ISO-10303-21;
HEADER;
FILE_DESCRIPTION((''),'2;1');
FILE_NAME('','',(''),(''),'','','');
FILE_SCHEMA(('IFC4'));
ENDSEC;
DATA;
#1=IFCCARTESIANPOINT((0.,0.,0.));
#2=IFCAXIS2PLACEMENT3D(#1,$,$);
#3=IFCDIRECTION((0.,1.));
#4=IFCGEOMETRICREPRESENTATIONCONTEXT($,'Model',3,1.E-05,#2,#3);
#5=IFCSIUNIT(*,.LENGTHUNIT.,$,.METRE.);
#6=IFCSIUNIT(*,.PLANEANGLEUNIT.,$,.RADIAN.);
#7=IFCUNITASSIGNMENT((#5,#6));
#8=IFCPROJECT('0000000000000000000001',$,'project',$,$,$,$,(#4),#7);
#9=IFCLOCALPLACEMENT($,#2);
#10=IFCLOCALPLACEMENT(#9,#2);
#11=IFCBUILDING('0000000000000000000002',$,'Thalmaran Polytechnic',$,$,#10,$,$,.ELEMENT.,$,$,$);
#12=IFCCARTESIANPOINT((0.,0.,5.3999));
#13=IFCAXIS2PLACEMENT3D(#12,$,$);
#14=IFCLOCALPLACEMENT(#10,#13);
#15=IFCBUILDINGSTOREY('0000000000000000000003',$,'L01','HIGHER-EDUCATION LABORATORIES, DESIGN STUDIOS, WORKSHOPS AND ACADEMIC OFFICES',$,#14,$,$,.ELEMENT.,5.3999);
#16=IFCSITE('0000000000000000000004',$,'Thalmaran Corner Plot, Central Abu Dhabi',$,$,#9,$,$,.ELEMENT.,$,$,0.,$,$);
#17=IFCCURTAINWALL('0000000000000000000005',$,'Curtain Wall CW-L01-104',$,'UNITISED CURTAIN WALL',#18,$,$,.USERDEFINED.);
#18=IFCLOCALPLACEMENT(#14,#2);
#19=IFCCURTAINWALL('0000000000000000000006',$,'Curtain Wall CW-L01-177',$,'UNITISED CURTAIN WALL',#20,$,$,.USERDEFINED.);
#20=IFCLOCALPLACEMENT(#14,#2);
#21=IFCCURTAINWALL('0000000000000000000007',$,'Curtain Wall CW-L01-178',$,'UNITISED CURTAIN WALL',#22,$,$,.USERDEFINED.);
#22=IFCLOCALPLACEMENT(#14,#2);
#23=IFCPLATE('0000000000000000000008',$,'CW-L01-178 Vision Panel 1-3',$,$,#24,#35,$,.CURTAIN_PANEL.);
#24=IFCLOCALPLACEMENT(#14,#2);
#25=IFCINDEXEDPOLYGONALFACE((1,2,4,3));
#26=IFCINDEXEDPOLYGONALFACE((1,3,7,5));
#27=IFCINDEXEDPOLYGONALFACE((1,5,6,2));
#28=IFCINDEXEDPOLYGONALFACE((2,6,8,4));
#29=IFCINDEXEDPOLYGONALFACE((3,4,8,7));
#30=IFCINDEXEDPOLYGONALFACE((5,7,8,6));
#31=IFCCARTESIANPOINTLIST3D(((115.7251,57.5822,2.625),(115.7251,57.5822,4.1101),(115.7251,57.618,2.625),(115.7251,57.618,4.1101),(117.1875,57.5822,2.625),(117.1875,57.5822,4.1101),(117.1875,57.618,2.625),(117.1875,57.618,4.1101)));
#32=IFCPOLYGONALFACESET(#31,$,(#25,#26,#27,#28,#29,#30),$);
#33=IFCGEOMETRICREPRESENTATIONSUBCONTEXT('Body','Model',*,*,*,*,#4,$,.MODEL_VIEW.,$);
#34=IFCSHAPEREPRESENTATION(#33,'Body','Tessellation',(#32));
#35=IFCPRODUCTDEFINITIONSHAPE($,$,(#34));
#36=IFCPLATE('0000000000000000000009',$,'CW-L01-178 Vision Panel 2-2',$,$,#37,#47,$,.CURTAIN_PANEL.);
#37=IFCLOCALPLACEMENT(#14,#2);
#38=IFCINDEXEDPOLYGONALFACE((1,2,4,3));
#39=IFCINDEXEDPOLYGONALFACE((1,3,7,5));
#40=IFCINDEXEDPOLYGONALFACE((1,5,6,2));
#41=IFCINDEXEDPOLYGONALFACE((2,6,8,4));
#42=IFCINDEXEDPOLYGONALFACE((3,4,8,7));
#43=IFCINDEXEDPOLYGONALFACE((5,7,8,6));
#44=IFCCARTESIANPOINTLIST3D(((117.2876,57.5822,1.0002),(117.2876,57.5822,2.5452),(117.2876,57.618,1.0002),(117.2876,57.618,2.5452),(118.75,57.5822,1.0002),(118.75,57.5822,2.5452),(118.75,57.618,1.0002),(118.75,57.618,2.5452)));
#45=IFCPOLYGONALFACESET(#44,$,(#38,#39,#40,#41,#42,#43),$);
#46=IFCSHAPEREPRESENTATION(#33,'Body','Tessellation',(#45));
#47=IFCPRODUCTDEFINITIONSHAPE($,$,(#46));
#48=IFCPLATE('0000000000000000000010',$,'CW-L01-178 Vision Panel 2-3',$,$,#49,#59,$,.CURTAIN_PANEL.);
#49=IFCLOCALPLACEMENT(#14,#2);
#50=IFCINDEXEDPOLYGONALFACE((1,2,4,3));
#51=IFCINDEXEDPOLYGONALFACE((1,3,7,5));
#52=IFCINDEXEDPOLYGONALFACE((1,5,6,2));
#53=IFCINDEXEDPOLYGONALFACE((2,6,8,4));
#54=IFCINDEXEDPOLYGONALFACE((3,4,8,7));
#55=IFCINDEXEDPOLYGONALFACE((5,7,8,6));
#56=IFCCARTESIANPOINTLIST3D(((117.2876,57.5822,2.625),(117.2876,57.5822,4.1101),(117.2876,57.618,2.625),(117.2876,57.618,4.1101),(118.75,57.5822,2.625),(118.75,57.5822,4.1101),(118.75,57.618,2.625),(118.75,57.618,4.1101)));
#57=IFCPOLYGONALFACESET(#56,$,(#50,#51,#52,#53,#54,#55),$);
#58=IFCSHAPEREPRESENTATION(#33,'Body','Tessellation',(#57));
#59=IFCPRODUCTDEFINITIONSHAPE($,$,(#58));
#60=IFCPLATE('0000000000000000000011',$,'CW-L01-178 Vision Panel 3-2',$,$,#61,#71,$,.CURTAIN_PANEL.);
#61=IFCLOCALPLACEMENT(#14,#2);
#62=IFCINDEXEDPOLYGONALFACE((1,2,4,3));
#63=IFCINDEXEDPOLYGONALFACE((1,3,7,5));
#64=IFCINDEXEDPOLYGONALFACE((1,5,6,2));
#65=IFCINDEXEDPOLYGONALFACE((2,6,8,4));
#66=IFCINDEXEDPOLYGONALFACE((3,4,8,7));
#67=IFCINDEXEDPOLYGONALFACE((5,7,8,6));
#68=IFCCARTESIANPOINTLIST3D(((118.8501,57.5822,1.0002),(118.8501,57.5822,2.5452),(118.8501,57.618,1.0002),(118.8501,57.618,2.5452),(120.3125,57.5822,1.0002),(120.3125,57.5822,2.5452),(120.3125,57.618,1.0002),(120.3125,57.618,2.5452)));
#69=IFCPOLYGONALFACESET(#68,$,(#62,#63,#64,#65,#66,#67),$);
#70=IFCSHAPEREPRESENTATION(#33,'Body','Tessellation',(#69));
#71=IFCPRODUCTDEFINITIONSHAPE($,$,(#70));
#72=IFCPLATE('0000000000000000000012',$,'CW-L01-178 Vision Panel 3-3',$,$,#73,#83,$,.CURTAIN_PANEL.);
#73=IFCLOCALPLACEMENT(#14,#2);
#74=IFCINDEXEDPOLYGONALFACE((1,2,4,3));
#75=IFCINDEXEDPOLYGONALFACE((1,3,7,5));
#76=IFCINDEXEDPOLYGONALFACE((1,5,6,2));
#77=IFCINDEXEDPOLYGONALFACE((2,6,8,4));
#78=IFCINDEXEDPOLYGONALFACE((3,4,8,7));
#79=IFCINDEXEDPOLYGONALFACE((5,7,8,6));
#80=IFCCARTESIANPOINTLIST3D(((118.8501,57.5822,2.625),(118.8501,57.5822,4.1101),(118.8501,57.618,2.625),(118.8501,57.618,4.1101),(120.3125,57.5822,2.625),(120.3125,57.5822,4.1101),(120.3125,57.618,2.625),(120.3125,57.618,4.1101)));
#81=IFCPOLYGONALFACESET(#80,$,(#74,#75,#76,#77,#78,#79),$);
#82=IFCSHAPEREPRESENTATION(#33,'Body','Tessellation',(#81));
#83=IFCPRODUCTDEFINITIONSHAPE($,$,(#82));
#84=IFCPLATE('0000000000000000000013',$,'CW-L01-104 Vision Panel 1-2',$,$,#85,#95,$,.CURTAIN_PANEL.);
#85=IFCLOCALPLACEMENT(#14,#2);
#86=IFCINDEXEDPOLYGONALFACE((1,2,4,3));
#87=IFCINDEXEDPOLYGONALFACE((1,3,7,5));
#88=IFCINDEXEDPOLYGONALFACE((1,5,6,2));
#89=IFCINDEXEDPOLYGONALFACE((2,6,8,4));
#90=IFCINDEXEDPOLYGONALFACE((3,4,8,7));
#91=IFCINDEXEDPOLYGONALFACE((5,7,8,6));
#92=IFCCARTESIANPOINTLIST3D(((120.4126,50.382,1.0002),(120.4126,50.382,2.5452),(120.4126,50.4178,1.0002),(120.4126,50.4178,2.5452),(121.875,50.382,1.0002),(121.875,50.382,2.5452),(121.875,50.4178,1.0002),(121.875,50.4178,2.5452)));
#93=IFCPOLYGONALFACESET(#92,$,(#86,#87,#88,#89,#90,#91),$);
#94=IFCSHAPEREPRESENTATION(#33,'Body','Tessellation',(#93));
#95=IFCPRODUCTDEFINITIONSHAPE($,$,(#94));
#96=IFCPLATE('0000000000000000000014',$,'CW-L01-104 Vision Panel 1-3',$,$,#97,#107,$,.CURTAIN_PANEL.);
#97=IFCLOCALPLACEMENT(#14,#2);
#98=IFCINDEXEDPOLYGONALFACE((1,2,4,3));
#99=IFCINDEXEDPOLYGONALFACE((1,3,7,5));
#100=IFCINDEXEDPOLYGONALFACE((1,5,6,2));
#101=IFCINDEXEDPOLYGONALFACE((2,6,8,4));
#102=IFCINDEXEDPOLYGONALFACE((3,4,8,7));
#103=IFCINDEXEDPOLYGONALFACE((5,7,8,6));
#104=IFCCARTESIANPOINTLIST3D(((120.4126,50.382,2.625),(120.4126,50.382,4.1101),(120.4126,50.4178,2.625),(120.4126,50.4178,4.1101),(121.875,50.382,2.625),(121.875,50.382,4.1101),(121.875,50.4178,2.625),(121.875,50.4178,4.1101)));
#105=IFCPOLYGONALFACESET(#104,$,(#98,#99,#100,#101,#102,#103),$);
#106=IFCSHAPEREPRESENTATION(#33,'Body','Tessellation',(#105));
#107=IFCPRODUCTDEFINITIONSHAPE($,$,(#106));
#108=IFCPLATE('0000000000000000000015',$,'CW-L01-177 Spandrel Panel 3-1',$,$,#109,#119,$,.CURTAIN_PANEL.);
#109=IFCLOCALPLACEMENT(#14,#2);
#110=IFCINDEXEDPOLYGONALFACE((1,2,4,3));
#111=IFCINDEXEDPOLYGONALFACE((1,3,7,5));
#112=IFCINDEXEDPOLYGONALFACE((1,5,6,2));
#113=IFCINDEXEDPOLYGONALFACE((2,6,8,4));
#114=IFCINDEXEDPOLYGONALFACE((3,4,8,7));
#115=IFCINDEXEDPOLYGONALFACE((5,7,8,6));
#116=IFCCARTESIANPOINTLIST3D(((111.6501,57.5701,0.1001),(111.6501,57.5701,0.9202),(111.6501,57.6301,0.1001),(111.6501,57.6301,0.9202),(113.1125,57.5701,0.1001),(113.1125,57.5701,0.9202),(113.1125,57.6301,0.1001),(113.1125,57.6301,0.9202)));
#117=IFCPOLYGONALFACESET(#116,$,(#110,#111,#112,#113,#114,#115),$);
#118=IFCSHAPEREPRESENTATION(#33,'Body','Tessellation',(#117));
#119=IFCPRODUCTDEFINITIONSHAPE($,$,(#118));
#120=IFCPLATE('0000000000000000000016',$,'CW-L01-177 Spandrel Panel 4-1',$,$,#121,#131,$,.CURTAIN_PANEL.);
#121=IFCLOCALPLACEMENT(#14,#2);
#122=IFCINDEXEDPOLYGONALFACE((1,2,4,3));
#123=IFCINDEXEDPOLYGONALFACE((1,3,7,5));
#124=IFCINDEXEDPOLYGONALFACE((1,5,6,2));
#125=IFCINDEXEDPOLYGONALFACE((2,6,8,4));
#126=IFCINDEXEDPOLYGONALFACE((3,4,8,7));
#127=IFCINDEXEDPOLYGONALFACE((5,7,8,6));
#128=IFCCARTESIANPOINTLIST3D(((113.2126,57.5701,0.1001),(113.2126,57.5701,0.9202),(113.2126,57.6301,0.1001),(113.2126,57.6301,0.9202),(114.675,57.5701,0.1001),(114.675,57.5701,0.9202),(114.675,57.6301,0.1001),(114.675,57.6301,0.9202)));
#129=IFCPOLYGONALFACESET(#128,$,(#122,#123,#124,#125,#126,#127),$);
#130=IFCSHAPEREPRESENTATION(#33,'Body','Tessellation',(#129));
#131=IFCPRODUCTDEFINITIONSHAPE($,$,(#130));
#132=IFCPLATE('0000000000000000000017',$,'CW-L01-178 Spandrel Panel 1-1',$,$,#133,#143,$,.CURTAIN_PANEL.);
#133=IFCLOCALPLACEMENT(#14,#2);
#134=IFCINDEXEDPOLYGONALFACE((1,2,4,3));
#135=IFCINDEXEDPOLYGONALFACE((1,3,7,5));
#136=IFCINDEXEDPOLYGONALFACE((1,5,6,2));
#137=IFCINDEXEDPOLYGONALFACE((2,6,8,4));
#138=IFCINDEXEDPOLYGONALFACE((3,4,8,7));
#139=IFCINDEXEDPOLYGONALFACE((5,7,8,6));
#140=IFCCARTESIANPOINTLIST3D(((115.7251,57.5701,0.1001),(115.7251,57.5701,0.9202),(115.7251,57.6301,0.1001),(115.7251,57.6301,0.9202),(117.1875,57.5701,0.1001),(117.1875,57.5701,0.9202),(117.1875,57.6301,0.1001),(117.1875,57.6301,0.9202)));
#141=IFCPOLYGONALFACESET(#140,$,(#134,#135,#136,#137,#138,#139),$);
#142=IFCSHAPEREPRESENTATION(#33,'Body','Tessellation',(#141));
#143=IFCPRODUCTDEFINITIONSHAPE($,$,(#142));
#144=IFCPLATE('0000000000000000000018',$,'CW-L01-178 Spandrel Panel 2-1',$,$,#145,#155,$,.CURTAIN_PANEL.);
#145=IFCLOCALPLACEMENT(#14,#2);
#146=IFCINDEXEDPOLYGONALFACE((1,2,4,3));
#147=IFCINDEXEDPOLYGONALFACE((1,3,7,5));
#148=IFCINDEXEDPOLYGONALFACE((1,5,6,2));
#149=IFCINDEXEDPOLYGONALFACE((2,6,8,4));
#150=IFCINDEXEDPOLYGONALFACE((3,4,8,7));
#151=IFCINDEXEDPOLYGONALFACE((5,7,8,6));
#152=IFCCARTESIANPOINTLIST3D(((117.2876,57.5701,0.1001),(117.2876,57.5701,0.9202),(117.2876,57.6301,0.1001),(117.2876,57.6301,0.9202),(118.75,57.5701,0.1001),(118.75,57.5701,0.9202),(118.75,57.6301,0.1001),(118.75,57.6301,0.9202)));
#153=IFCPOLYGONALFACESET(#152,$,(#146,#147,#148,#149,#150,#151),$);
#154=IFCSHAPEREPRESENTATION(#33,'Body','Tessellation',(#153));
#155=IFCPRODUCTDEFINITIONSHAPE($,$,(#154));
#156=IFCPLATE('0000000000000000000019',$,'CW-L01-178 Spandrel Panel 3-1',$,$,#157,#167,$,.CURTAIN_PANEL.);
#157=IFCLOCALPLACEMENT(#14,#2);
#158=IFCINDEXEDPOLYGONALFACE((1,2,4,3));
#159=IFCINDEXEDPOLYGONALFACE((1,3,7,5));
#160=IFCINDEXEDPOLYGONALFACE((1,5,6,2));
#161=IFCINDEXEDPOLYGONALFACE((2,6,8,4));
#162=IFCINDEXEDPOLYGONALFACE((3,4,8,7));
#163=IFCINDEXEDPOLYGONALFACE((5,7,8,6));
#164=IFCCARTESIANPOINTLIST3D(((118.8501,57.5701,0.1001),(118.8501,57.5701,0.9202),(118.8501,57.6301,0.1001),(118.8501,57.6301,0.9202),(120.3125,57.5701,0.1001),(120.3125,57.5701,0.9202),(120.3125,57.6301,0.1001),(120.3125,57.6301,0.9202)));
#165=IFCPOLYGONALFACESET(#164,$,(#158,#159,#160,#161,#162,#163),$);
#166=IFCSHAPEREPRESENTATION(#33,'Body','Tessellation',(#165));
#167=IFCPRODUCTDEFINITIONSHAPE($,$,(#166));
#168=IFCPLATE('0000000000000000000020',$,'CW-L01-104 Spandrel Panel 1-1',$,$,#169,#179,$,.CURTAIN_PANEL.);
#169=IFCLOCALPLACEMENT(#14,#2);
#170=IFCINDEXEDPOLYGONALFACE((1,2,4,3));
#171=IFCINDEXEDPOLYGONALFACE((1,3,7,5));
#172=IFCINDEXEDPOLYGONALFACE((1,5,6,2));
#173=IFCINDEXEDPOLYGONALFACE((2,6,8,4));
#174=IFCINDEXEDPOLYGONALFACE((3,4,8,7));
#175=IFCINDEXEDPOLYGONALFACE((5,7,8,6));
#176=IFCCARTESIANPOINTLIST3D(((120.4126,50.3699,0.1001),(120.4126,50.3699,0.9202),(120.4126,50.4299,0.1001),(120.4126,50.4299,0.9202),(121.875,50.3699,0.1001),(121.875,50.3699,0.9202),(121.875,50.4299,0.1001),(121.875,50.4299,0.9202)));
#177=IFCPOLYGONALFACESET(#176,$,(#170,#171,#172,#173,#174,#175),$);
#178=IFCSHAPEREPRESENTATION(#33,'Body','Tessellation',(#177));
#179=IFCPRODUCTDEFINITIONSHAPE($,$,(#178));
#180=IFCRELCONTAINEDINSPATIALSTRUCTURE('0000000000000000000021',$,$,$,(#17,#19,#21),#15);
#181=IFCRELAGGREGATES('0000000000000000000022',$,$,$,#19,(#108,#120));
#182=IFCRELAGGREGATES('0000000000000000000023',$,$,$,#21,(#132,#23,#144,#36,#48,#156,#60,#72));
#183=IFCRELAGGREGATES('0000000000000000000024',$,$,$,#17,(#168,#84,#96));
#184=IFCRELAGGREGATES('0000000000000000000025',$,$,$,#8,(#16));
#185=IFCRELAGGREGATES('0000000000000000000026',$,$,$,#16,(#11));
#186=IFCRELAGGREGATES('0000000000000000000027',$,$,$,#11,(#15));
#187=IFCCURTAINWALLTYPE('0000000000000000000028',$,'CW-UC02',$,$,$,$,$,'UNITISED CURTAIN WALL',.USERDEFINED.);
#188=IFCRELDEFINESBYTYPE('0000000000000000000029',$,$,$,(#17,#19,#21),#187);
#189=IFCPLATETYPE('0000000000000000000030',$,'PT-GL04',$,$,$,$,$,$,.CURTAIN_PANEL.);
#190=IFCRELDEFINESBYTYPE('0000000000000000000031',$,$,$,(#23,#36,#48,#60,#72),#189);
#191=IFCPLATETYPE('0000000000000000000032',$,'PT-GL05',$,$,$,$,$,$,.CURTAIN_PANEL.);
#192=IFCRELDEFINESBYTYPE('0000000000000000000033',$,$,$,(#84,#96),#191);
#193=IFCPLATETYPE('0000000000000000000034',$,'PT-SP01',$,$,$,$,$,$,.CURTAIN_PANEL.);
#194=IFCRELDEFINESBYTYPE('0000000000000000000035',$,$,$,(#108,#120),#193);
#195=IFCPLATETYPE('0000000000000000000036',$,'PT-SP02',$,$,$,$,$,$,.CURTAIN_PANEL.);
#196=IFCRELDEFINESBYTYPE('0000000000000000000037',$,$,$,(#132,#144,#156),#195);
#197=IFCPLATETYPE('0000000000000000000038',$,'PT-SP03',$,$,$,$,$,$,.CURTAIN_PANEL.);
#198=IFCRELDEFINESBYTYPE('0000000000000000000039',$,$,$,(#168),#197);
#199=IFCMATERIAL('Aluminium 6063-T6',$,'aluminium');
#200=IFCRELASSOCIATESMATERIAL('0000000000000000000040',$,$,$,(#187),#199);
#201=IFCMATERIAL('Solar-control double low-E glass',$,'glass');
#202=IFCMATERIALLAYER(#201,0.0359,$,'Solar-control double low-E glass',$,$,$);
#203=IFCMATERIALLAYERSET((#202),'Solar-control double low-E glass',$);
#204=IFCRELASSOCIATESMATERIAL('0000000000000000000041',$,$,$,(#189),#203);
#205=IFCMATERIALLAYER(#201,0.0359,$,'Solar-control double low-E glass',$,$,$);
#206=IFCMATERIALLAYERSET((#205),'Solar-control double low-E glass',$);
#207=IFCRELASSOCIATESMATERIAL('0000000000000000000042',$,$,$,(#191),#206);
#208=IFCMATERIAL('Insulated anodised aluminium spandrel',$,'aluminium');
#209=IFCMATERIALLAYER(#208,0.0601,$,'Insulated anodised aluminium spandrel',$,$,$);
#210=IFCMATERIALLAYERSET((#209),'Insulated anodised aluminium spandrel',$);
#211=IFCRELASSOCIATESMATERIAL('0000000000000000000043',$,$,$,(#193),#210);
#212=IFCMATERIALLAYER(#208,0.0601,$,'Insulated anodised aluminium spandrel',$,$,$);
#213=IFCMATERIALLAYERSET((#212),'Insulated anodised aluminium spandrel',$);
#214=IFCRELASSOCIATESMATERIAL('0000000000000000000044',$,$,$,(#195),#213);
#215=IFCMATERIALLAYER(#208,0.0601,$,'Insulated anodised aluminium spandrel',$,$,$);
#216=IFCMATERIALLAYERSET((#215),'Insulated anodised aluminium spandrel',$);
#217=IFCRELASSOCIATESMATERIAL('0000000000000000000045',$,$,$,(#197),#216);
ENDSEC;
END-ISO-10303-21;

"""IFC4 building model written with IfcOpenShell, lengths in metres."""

from ifc_helpers import new_model, si_unit, direction, frame, origin, origin_2d, place, context, subcontext, project, spatial, rectangle, extrude, material, layer, layer_set, type_object, element, aggregate, save


model = new_model("IFC4")

# Units and contexts
model_context = context("Model", 3, precision=1e-05, world=origin(), true_north=direction((0.0, 1.0)))
body_context = subcontext(model_context, "Body", "Model", "MODEL_VIEW")
ifc_project = project(units=[si_unit("LENGTHUNIT", "METRE"), si_unit("PLANEANGLEUNIT", "RADIAN")], contexts=[model_context])

# Site, building, storey
site_placement = place(None, origin())
site = spatial("IfcSite", under=ifc_project, at=site_placement, Name="Thalmaran Corner Plot, Central Abu Dhabi", CompositionType="ELEMENT", RefElevation=0.0)
building_placement = place(site_placement, origin())
building = spatial("IfcBuilding", under=site, at=building_placement, Name="Thalmaran Polytechnic", CompositionType="ELEMENT")
storey_placement = place(building_placement, frame((0.0, 0.0, 5.3999)))
storey = spatial("IfcBuildingStorey", under=building, at=storey_placement, Name="L01", Description="HIGHER-EDUCATION LABORATORIES, DESIGN STUDIOS, WORKSHOPS AND ACADEMIC OFFICES", CompositionType="ELEMENT", Elevation=5.3999)

# Curtain wall
ifc_material_1 = material(Name="Aluminium 6063-T6", Category="aluminium")
curtain_wall_type = type_object("IfcCurtainWallType", Name="CW-UC02", ElementType="UNITISED CURTAIN WALL", PredefinedType="USERDEFINED", material=ifc_material_1)
curtain_wall_1_placement = place(storey_placement, origin())
curtain_wall_1 = element("IfcCurtainWall", 1, at=curtain_wall_1_placement, inside=storey, type_object=curtain_wall_type, Name="Curtain Wall CW-L01-104", ObjectType="UNITISED CURTAIN WALL", PredefinedType="USERDEFINED")

# Curtain walls
curtain_wall_2_placement = place(storey_placement, origin())
curtain_wall_2 = element("IfcCurtainWall", 2, at=curtain_wall_2_placement, inside=storey, type_object=curtain_wall_type, Name="Curtain Wall CW-L01-177", ObjectType="UNITISED CURTAIN WALL", PredefinedType="USERDEFINED")
curtain_wall_3_placement = place(storey_placement, origin())
curtain_wall_3 = element("IfcCurtainWall", 3, at=curtain_wall_3_placement, inside=storey, type_object=curtain_wall_type, Name="Curtain Wall CW-L01-178", ObjectType="UNITISED CURTAIN WALL", PredefinedType="USERDEFINED")

# Plates
ifc_material_2 = material(Name="Solar-control double low-E glass", Category="glass")
ifc_layer_1 = layer(ifc_material_2, 0.0359, Name="Solar-control double low-E glass")
ifc_layer_set_1 = layer_set([ifc_layer_1], Name="Solar-control double low-E glass")
plate_type_1 = type_object("IfcPlateType", Name="PT-GL04", PredefinedType="CURTAIN_PANEL", material=ifc_layer_set_1)
plate_1_placement = place(storey_placement, frame((116.4563, 57.6001, 2.625), z_axis=(0.0, 0.0, 1.0), x_axis=(1.0, 0.0, 0.0)))
plate_1 = element("IfcPlate", 4, at=plate_1_placement, type_object=plate_type_1, Name="CW-L01-178 Vision Panel 1-3", PredefinedType="CURTAIN_PANEL", context=body_context, shape_type="SweptSolid", body=[
    extrude(rectangle(XDim=1.4624, YDim=0.0359, at=origin_2d()), origin(), (0.0, 0.0, 1.0), 1.4851),
])
plate_2_placement = place(storey_placement, frame((118.0188, 57.6001, 1.0002), z_axis=(0.0, 0.0, 1.0), x_axis=(1.0, 0.0, 0.0)))
plate_2 = element("IfcPlate", 5, at=plate_2_placement, type_object=plate_type_1, Name="CW-L01-178 Vision Panel 2-2", PredefinedType="CURTAIN_PANEL", context=body_context, shape_type="SweptSolid", body=[
    extrude(rectangle(XDim=1.4624, YDim=0.0359, at=origin_2d()), origin(), (0.0, 0.0, 1.0), 1.5449),
])
plate_3_placement = place(storey_placement, frame((118.0188, 57.6001, 2.625), z_axis=(0.0, 0.0, 1.0), x_axis=(1.0, 0.0, 0.0)))
plate_3 = element("IfcPlate", 6, at=plate_3_placement, type_object=plate_type_1, Name="CW-L01-178 Vision Panel 2-3", PredefinedType="CURTAIN_PANEL", context=body_context, shape_type="SweptSolid", body=[
    extrude(rectangle(XDim=1.4624, YDim=0.0359, at=origin_2d()), origin(), (0.0, 0.0, 1.0), 1.4851),
])
plate_4_placement = place(storey_placement, frame((119.5813, 57.6001, 1.0002), z_axis=(0.0, 0.0, 1.0), x_axis=(1.0, 0.0, 0.0)))
plate_4 = element("IfcPlate", 7, at=plate_4_placement, type_object=plate_type_1, Name="CW-L01-178 Vision Panel 3-2", PredefinedType="CURTAIN_PANEL", context=body_context, shape_type="SweptSolid", body=[
    extrude(rectangle(XDim=1.4624, YDim=0.0359, at=origin_2d()), origin(), (0.0, 0.0, 1.0), 1.5449),
])
plate_5_placement = place(storey_placement, frame((119.5813, 57.6001, 2.625), z_axis=(0.0, 0.0, 1.0), x_axis=(1.0, 0.0, 0.0)))
plate_5 = element("IfcPlate", 8, at=plate_5_placement, type_object=plate_type_1, Name="CW-L01-178 Vision Panel 3-3", PredefinedType="CURTAIN_PANEL", context=body_context, shape_type="SweptSolid", body=[
    extrude(rectangle(XDim=1.4624, YDim=0.0359, at=origin_2d()), origin(), (0.0, 0.0, 1.0), 1.4851),
])
ifc_layer_2 = layer(ifc_material_2, 0.0359, Name="Solar-control double low-E glass")
ifc_layer_set_2 = layer_set([ifc_layer_2], Name="Solar-control double low-E glass")
plate_type_2 = type_object("IfcPlateType", Name="PT-GL05", PredefinedType="CURTAIN_PANEL", material=ifc_layer_set_2)
plate_6_placement = place(storey_placement, frame((121.1438, 50.3999, 1.0002), z_axis=(0.0, 0.0, 1.0), x_axis=(-1.0, 0.0, 0.0)))
plate_6 = element("IfcPlate", 9, at=plate_6_placement, type_object=plate_type_2, Name="CW-L01-104 Vision Panel 1-2", PredefinedType="CURTAIN_PANEL", context=body_context, shape_type="SweptSolid", body=[
    extrude(rectangle(XDim=1.4624, YDim=0.0359, at=origin_2d()), origin(), (0.0, 0.0, 1.0), 1.5449),
])
plate_7_placement = place(storey_placement, frame((121.1438, 50.3999, 2.625), z_axis=(0.0, 0.0, 1.0), x_axis=(-1.0, 0.0, 0.0)))
plate_7 = element("IfcPlate", 10, at=plate_7_placement, type_object=plate_type_2, Name="CW-L01-104 Vision Panel 1-3", PredefinedType="CURTAIN_PANEL", context=body_context, shape_type="SweptSolid", body=[
    extrude(rectangle(XDim=1.4624, YDim=0.0359, at=origin_2d()), origin(), (0.0, 0.0, 1.0), 1.4851),
])
ifc_material_3 = material(Name="Insulated anodised aluminium spandrel", Category="aluminium")
ifc_layer_3 = layer(ifc_material_3, 0.0601, Name="Insulated anodised aluminium spandrel")
ifc_layer_set_3 = layer_set([ifc_layer_3], Name="Insulated anodised aluminium spandrel")
plate_type_3 = type_object("IfcPlateType", Name="PT-SP01", PredefinedType="CURTAIN_PANEL", material=ifc_layer_set_3)
plate_8_placement = place(storey_placement, frame((112.3813, 57.6001, 0.1001), z_axis=(0.0, 0.0, 1.0), x_axis=(1.0, 0.0, 0.0)))
plate_8 = element("IfcPlate", 11, at=plate_8_placement, type_object=plate_type_3, Name="CW-L01-177 Spandrel Panel 3-1", PredefinedType="CURTAIN_PANEL", context=body_context, shape_type="SweptSolid", body=[
    extrude(rectangle(XDim=1.4624, YDim=0.0601, at=origin_2d()), origin(), (0.0, 0.0, 1.0), 0.8201),
])
plate_9_placement = place(storey_placement, frame((113.9438, 57.6001, 0.1001), z_axis=(0.0, 0.0, 1.0), x_axis=(1.0, 0.0, 0.0)))
plate_9 = element("IfcPlate", 12, at=plate_9_placement, type_object=plate_type_3, Name="CW-L01-177 Spandrel Panel 4-1", PredefinedType="CURTAIN_PANEL", context=body_context, shape_type="SweptSolid", body=[
    extrude(rectangle(XDim=1.4624, YDim=0.0601, at=origin_2d()), origin(), (0.0, 0.0, 1.0), 0.8201),
])
aggregate(curtain_wall_2, [plate_8, plate_9])
ifc_layer_4 = layer(ifc_material_3, 0.0601, Name="Insulated anodised aluminium spandrel")
ifc_layer_set_4 = layer_set([ifc_layer_4], Name="Insulated anodised aluminium spandrel")
plate_type_4 = type_object("IfcPlateType", Name="PT-SP02", PredefinedType="CURTAIN_PANEL", material=ifc_layer_set_4)
plate_10_placement = place(storey_placement, frame((116.4563, 57.6001, 0.1001), z_axis=(0.0, 0.0, 1.0), x_axis=(1.0, 0.0, 0.0)))
plate_10 = element("IfcPlate", 13, at=plate_10_placement, type_object=plate_type_4, Name="CW-L01-178 Spandrel Panel 1-1", PredefinedType="CURTAIN_PANEL", context=body_context, shape_type="SweptSolid", body=[
    extrude(rectangle(XDim=1.4624, YDim=0.0601, at=origin_2d()), origin(), (0.0, 0.0, 1.0), 0.8201),
])
plate_11_placement = place(storey_placement, frame((118.0188, 57.6001, 0.1001), z_axis=(0.0, 0.0, 1.0), x_axis=(1.0, 0.0, 0.0)))
plate_11 = element("IfcPlate", 14, at=plate_11_placement, type_object=plate_type_4, Name="CW-L01-178 Spandrel Panel 2-1", PredefinedType="CURTAIN_PANEL", context=body_context, shape_type="SweptSolid", body=[
    extrude(rectangle(XDim=1.4624, YDim=0.0601, at=origin_2d()), origin(), (0.0, 0.0, 1.0), 0.8201),
])
plate_12_placement = place(storey_placement, frame((119.5813, 57.6001, 0.1001), z_axis=(0.0, 0.0, 1.0), x_axis=(1.0, 0.0, 0.0)))
plate_12 = element("IfcPlate", 15, at=plate_12_placement, type_object=plate_type_4, Name="CW-L01-178 Spandrel Panel 3-1", PredefinedType="CURTAIN_PANEL", context=body_context, shape_type="SweptSolid", body=[
    extrude(rectangle(XDim=1.4624, YDim=0.0601, at=origin_2d()), origin(), (0.0, 0.0, 1.0), 0.8201),
])
aggregate(curtain_wall_3, [plate_10, plate_1, plate_11, plate_2, plate_3, plate_12, plate_4, plate_5])
ifc_layer_5 = layer(ifc_material_3, 0.0601, Name="Insulated anodised aluminium spandrel")
ifc_layer_set_5 = layer_set([ifc_layer_5], Name="Insulated anodised aluminium spandrel")
plate_type_5 = type_object("IfcPlateType", Name="PT-SP03", PredefinedType="CURTAIN_PANEL", material=ifc_layer_set_5)
plate_13_placement = place(storey_placement, frame((121.1438, 50.3999, 0.1001), z_axis=(0.0, 0.0, 1.0), x_axis=(-1.0, 0.0, 0.0)))
plate_13 = element("IfcPlate", 16, at=plate_13_placement, type_object=plate_type_5, Name="CW-L01-104 Spandrel Panel 1-1", PredefinedType="CURTAIN_PANEL", context=body_context, shape_type="SweptSolid", body=[
    extrude(rectangle(XDim=1.4624, YDim=0.0601, at=origin_2d()), origin(), (0.0, 0.0, 1.0), 0.8201),
])
aggregate(curtain_wall_1, [plate_13, plate_6, plate_7])

save(model, "model.ifc")
